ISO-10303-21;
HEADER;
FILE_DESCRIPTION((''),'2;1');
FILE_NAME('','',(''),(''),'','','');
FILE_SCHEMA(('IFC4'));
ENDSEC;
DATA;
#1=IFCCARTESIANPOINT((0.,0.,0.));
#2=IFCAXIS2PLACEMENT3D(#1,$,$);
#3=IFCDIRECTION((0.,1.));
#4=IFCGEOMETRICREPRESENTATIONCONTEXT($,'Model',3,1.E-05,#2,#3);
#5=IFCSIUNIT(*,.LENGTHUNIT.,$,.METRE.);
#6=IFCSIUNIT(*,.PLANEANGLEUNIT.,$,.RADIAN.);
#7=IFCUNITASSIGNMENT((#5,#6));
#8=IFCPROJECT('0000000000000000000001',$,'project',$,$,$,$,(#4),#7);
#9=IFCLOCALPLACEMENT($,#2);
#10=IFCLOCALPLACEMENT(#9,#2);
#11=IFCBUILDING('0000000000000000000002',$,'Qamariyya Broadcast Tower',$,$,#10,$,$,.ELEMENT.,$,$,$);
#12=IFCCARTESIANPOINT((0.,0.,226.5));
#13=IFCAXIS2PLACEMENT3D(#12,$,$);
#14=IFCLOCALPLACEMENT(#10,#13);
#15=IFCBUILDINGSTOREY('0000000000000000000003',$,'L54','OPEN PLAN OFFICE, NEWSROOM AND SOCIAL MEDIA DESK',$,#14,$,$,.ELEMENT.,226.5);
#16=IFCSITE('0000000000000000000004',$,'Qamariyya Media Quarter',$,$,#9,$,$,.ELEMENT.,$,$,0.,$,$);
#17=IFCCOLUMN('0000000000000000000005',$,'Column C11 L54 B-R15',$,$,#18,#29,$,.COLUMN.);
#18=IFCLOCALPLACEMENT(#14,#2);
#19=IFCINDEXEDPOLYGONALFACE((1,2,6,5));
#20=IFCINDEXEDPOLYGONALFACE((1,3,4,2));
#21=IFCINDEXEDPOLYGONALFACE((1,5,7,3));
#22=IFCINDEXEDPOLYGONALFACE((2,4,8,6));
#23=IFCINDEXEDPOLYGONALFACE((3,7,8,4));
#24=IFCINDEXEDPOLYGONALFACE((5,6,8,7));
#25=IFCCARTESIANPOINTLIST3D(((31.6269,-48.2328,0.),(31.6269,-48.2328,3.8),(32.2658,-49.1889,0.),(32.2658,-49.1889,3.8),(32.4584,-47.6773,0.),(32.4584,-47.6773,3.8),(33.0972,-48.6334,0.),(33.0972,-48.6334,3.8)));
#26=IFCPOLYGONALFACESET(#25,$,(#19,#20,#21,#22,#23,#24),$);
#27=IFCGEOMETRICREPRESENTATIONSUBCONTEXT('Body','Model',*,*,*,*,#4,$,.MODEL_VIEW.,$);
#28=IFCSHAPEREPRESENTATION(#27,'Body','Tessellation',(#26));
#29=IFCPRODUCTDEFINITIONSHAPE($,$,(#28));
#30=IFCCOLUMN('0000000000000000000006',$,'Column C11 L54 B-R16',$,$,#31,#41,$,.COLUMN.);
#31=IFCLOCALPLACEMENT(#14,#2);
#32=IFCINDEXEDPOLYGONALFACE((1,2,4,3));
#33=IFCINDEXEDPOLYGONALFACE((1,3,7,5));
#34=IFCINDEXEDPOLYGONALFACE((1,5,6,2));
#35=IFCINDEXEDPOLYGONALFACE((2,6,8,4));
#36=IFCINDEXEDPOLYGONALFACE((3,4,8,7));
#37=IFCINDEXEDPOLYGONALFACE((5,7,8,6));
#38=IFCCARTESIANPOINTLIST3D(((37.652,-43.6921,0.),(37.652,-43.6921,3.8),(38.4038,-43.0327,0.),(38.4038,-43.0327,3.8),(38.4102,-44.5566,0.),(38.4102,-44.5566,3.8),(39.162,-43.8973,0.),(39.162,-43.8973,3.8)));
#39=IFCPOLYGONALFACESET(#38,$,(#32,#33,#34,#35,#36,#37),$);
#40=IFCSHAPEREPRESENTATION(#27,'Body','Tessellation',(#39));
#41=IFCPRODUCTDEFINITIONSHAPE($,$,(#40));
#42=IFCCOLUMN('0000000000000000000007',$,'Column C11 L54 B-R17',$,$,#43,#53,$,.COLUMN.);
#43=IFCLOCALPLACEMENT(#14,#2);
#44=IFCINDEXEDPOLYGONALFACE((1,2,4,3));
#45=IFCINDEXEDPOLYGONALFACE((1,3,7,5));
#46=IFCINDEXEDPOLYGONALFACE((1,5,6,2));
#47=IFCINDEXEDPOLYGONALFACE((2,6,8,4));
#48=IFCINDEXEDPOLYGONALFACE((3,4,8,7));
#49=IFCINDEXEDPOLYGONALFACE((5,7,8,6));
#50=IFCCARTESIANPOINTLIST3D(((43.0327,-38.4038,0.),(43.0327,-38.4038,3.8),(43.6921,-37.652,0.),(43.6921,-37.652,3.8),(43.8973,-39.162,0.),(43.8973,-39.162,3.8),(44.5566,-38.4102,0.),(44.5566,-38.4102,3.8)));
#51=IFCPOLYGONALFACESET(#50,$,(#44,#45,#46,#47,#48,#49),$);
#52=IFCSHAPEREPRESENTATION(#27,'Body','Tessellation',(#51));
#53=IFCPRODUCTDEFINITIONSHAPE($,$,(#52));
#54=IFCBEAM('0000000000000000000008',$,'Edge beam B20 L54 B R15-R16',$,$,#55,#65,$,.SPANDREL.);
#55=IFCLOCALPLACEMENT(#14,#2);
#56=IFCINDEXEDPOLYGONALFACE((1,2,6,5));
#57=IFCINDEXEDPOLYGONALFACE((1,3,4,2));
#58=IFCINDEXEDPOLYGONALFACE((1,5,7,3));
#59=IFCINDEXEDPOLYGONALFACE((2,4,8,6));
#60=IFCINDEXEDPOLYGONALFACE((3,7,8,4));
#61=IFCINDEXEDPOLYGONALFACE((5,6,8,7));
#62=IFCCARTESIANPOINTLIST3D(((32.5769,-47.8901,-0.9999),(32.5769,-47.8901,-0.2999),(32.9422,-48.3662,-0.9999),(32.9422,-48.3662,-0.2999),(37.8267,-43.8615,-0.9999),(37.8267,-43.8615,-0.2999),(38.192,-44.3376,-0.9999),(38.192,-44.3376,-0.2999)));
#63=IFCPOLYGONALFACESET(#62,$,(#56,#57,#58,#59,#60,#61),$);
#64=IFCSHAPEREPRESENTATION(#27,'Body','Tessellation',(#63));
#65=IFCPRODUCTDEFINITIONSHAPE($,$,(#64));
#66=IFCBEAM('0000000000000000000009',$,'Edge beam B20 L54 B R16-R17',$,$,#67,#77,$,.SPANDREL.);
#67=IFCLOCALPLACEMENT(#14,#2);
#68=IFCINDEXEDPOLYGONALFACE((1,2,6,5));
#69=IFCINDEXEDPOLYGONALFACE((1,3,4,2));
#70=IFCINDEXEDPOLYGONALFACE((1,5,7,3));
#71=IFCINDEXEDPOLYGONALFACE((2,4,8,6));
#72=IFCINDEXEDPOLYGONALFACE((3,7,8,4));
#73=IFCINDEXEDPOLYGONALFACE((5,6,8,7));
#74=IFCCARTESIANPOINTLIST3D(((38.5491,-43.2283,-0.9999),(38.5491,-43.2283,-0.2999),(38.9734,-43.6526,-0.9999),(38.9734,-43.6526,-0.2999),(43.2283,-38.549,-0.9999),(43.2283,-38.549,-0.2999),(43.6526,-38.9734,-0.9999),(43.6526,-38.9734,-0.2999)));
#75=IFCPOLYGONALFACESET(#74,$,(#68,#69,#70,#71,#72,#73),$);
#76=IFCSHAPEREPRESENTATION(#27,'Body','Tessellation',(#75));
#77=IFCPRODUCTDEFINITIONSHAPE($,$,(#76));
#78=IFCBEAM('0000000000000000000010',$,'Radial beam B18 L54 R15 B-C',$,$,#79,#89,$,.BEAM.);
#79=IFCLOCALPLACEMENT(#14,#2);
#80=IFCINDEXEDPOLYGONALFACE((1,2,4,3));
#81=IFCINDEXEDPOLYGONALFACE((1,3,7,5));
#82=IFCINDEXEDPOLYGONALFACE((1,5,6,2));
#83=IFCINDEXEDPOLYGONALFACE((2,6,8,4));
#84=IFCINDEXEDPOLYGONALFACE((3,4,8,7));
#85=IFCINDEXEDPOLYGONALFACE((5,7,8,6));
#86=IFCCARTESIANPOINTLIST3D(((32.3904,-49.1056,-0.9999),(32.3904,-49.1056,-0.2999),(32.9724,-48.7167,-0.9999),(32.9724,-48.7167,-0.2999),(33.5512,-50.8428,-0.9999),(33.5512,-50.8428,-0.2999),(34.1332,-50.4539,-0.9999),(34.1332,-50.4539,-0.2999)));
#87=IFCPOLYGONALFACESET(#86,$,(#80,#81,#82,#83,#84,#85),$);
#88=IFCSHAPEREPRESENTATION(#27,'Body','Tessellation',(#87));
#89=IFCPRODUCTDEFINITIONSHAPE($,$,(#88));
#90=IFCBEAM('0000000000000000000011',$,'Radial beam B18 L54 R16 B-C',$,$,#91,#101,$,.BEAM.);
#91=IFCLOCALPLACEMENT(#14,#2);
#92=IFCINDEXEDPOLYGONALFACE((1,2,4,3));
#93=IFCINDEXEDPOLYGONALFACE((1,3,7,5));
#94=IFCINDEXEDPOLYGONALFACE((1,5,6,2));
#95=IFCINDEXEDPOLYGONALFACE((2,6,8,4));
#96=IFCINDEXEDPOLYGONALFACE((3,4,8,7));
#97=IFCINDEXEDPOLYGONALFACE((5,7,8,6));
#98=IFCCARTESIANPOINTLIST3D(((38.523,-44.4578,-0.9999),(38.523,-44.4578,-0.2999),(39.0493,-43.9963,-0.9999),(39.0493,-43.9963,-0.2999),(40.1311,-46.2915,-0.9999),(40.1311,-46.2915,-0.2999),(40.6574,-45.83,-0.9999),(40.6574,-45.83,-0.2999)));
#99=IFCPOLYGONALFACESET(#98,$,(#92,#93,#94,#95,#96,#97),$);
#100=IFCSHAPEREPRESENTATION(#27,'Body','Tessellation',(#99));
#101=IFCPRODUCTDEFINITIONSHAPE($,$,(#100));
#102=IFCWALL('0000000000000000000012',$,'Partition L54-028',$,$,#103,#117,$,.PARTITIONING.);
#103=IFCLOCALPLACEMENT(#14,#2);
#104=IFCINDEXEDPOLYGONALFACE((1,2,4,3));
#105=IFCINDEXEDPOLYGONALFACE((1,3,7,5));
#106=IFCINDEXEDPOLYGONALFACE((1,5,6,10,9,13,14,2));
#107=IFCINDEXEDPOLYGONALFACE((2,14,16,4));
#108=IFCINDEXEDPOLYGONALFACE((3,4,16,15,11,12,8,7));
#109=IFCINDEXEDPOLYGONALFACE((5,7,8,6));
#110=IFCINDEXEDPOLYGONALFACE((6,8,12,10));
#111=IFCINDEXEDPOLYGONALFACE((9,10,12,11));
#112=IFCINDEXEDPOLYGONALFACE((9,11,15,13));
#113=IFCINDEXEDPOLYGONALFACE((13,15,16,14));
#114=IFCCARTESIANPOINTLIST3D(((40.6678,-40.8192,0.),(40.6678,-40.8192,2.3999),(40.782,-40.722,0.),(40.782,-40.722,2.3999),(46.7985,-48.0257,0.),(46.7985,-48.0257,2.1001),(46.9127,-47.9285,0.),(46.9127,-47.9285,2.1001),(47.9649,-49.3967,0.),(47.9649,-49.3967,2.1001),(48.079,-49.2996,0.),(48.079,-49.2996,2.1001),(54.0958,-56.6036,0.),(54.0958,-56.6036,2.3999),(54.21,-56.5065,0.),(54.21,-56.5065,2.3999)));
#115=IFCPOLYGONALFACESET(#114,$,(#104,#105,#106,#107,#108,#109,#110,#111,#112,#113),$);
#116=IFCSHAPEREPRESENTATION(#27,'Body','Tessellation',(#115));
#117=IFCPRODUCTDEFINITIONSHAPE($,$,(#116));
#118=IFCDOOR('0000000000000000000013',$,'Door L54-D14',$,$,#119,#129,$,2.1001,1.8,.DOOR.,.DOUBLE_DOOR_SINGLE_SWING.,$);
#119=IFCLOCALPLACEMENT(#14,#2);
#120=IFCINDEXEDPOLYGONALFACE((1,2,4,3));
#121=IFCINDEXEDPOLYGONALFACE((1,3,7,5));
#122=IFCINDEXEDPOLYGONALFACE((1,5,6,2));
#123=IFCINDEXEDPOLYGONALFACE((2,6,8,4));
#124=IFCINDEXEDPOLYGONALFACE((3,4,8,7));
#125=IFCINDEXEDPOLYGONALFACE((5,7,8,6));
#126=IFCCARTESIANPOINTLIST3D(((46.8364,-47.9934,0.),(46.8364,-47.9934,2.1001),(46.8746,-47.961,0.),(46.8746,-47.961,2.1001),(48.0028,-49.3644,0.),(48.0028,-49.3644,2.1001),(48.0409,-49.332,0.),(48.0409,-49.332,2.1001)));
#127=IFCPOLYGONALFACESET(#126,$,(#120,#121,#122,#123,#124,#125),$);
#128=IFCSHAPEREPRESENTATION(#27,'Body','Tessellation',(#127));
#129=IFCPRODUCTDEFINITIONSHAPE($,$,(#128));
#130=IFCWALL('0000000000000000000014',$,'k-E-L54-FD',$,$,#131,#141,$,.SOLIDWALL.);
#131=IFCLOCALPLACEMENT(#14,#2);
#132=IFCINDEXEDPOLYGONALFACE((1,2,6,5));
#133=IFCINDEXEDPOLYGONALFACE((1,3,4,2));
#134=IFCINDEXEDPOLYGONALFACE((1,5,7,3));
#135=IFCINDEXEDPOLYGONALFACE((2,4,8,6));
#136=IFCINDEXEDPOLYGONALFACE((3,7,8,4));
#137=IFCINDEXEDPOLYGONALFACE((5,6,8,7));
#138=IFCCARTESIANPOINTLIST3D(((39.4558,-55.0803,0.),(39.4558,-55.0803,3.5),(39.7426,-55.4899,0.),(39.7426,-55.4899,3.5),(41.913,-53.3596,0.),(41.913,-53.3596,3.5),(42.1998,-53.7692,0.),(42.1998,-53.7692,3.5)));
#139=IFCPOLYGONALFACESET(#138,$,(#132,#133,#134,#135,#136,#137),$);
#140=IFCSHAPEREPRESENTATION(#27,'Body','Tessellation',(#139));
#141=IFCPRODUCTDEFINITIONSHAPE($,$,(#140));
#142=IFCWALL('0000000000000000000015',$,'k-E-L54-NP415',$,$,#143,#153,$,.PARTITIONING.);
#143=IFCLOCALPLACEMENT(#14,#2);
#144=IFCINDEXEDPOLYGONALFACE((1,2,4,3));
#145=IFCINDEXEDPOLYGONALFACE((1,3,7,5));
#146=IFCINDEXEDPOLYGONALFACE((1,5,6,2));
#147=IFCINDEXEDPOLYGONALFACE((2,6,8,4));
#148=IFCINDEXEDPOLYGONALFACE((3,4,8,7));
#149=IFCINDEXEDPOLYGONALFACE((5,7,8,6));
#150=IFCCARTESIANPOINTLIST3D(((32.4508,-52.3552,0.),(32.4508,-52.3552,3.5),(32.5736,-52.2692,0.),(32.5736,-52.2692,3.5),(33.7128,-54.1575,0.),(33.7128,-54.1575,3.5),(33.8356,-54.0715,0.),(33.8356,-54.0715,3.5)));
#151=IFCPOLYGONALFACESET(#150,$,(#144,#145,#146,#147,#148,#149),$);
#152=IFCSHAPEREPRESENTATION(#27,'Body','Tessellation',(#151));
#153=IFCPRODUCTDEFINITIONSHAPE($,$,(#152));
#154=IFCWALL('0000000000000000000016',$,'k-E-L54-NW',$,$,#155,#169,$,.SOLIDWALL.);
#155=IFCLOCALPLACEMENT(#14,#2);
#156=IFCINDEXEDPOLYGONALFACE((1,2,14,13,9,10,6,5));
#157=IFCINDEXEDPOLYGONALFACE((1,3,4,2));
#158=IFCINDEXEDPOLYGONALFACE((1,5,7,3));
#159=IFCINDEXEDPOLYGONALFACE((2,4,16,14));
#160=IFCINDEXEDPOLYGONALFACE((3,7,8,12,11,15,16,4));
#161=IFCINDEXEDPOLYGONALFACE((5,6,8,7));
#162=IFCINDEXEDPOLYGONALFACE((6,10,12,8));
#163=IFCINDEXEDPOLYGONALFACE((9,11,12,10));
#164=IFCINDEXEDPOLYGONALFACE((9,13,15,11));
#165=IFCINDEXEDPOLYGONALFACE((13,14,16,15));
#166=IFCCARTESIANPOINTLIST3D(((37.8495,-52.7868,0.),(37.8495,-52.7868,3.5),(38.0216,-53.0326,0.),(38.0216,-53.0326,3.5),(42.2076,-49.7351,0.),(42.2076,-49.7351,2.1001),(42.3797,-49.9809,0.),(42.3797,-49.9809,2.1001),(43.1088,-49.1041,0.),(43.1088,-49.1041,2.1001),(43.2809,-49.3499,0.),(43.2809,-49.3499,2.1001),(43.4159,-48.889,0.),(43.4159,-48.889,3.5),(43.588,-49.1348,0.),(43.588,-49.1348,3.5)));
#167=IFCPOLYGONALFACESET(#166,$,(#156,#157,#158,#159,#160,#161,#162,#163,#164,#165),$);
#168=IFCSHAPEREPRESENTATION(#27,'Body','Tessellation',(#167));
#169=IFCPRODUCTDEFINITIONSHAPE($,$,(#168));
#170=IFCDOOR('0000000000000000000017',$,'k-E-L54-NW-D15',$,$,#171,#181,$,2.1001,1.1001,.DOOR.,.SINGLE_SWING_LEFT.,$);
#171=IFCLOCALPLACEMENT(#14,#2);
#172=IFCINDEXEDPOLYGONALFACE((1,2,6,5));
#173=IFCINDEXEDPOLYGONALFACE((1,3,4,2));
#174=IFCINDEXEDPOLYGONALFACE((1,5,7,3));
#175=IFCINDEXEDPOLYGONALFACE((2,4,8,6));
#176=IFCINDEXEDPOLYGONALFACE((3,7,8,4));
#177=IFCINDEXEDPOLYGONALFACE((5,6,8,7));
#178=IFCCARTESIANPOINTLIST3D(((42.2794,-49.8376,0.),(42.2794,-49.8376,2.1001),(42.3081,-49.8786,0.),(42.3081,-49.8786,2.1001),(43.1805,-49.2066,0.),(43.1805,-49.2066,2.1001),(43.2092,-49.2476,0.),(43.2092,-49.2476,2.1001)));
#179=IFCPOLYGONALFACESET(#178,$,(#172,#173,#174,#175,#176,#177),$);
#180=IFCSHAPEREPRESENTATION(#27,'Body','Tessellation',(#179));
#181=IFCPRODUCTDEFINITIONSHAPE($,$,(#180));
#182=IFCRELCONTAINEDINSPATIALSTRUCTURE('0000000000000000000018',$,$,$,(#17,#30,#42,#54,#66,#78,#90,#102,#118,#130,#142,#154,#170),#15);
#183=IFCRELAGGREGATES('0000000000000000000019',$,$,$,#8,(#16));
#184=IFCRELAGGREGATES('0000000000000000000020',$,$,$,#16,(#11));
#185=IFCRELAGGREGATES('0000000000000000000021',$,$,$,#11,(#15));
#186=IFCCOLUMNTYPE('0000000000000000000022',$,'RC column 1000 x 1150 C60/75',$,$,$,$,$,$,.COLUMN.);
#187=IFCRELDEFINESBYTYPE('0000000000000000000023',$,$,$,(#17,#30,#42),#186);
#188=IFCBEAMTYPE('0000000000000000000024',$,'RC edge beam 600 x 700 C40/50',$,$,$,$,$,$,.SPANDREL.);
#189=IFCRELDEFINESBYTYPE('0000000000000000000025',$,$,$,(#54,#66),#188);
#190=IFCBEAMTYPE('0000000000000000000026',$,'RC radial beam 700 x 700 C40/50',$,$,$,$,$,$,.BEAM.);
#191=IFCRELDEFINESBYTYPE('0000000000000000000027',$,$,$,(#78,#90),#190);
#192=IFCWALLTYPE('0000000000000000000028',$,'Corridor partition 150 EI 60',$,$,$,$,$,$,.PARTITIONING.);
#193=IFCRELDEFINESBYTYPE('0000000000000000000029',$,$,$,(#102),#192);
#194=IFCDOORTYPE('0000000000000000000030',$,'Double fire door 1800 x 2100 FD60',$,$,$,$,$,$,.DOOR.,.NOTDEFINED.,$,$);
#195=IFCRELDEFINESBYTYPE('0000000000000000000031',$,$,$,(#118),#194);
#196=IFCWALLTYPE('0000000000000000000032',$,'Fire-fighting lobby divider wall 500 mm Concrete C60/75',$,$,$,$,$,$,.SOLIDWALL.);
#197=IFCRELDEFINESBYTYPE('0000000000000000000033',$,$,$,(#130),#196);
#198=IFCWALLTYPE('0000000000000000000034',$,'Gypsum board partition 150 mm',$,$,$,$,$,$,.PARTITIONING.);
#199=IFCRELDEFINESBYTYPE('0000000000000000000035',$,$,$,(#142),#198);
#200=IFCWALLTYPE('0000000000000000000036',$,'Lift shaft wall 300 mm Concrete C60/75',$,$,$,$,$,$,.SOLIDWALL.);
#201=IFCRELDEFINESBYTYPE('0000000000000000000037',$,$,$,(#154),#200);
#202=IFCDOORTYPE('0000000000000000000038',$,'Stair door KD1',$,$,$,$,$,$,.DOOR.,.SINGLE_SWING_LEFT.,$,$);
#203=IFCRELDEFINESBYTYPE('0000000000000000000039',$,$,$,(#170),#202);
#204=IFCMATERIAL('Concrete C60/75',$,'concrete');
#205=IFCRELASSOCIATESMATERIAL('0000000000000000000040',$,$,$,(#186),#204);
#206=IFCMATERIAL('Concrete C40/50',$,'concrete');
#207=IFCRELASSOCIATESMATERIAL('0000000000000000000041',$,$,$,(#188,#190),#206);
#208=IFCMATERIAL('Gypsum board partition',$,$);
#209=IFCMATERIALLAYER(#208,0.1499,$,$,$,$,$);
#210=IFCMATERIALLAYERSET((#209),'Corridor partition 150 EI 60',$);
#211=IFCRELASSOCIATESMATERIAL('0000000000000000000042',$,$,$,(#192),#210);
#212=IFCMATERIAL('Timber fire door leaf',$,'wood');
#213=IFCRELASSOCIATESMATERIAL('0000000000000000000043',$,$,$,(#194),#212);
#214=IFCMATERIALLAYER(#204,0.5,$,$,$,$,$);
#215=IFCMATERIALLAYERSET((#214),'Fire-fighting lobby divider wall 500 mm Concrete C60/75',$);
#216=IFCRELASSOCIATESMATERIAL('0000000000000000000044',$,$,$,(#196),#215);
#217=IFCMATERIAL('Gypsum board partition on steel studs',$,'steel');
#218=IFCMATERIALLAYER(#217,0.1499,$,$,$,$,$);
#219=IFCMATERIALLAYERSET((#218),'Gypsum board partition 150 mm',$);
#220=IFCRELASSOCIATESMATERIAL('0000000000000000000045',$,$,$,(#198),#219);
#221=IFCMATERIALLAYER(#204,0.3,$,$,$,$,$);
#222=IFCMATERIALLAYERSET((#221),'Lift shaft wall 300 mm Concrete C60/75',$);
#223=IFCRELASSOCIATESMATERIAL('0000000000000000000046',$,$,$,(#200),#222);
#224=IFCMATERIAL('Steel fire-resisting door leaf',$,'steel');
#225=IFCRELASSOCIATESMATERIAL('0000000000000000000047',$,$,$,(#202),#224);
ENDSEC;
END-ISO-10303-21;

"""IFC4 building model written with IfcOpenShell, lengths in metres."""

from ifc_helpers import new_model, si_unit, direction, frame, frame_2d, origin, origin_2d, place, context, subcontext, project, spatial, rectangle, extrude, material, layer, layer_set, material_profile, profile_set, type_object, element, fill, save


model = new_model("IFC4")

# Units and contexts
model_context = context("Model", 3, precision=1e-05, world=origin(), true_north=direction((0.0, 1.0)))
body_context = subcontext(model_context, "Body", "Model", "MODEL_VIEW")
ifc_project = project(units=[si_unit("LENGTHUNIT", "METRE"), si_unit("PLANEANGLEUNIT", "RADIAN")], contexts=[model_context])

# Site, building, storey
site_placement = place(None, origin())
site = spatial("IfcSite", under=ifc_project, at=site_placement, Name="Qamariyya Media Quarter", CompositionType="ELEMENT", RefElevation=0.0)
building_placement = place(site_placement, origin())
building = spatial("IfcBuilding", under=site, at=building_placement, Name="Qamariyya Broadcast Tower", CompositionType="ELEMENT")
storey_placement = place(building_placement, frame((0.0, 0.0, 226.5)))
storey = spatial("IfcBuildingStorey", under=building, at=storey_placement, Name="L54", Description="OPEN PLAN OFFICE, NEWSROOM AND SOCIAL MEDIA DESK", CompositionType="ELEMENT", Elevation=226.5)

# Columns
ifc_material_1 = material(Name="Concrete C60/75", Category="concrete")
ifc_material_profile_1 = material_profile(ifc_material_1, rectangle(XDim=1.0, YDim=1.1499, at=origin_2d()))
ifc_profile_set_1 = profile_set([ifc_material_profile_1], Name="Concrete C60/75")
column_type = type_object("IfcColumnType", Name="RC column 1000 x 1150 C60/75", PredefinedType="COLUMN", material=ifc_profile_set_1)
for number, where, z_axis, x_axis, name in (
    (1, (32.3621, -48.4331, 0.0), (0.0, 0.0, 1.0), (0.83147, 0.55557, 0.0), "Column C11 L54 B-R15"),
    (2, (38.407, -43.7947, 0.0), (0.0, 0.0, 1.0), (0.75184, 0.659346, 0.0), "Column C11 L54 B-R16"),
    (3, (43.7947, -38.407, 0.0), (0.0, 0.0, 1.0), (0.659346, 0.75184, 0.0), "Column C11 L54 B-R17"),
):
    element("IfcColumn", number, at=place(storey_placement, frame(where, z_axis=z_axis, x_axis=x_axis)), inside=storey, type_object=column_type, Name=name, PredefinedType="COLUMN", context=body_context, shape_type="SweptSolid", body=[
        extrude(rectangle(XDim=1.0, YDim=1.1499, at=origin_2d()), origin(), (0.0, 0.0, 1.0), 3.8),
    ])

# Beams
ifc_material_2 = material(Name="Concrete C40/50", Category="concrete")
ifc_material_profile_2 = material_profile(ifc_material_2, rectangle(XDim=0.6001, YDim=0.7, at=origin_2d()))
ifc_profile_set_2 = profile_set([ifc_material_profile_2], Name="Concrete C40/50")
beam_type_1 = type_object("IfcBeamType", Name="RC edge beam 600 x 700 C40/50", PredefinedType="SPANDREL", material=ifc_profile_set_2)
for number, where, z_axis, x_axis, name in (
    (4, (32.7595, -48.1282, -0.6499), (0.793333, 0.608789, 0.0), (-0.608789, 0.793333, 0.0), "Edge beam B20 L54 B R15-R16"),
    (5, (38.7612, -43.4404, -0.6499), (0.707107, 0.707107, 0.0), (-0.707107, 0.707107, 0.0), "Edge beam B20 L54 B R16-R17"),
):
    element("IfcBeam", number, at=place(storey_placement, frame(where, z_axis=z_axis, x_axis=x_axis)), inside=storey, type_object=beam_type_1, Name=name, PredefinedType="SPANDREL", context=body_context, shape_type="SweptSolid", body=[
        extrude(rectangle(XDim=0.6001, YDim=0.7, at=origin_2d()), origin(), (0.0, 0.0, 1.0), 6.6174),
    ])
ifc_material_profile_3 = material_profile(ifc_material_2, rectangle(XDim=0.7, YDim=0.7, at=origin_2d()))
ifc_profile_set_3 = profile_set([ifc_material_profile_3], Name="Concrete C40/50")
beam_type_2 = type_object("IfcBeamType", Name="RC radial beam 700 x 700 C40/50", PredefinedType="BEAM", material=ifc_profile_set_3)
beam_1_placement = place(storey_placement, frame((32.6814, -48.9111, -0.6499), z_axis=(0.55559, -0.831457, 0.0), x_axis=(0.831457, 0.55559, 0.0)))
element("IfcBeam", 6, at=beam_1_placement, inside=storey, type_object=beam_type_2, Name="Radial beam B18 L54 R15 B-C", PredefinedType="BEAM", context=body_context, shape_type="SweptSolid", body=[
    extrude(rectangle(XDim=0.7, YDim=0.7, at=origin_2d()), origin(), (0.0, 0.0, 1.0), 2.0894),
])
beam_2_placement = place(storey_placement, frame((38.7861, -44.2271, -0.6499), z_axis=(0.659348, -0.751838, 0.0), x_axis=(0.751838, 0.659348, 0.0)))
element("IfcBeam", 7, at=beam_2_placement, inside=storey, type_object=beam_type_2, Name="Radial beam B18 L54 R16 B-C", PredefinedType="BEAM", context=body_context, shape_type="SweptSolid", body=[
    extrude(rectangle(XDim=0.7, YDim=0.7, at=origin_2d()), origin(), (0.0, 0.0, 1.0), 2.439),
])

# Wall, opening, door
ifc_material_3 = material(Name="Gypsum board partition")
ifc_layer_1 = layer(ifc_material_3, 0.1499)
ifc_layer_set_1 = layer_set([ifc_layer_1], Name="Corridor partition 150 EI 60")
wall_type_1 = type_object("IfcWallType", Name="Corridor partition 150 EI 60", PredefinedType="PARTITIONING", material=ifc_layer_set_1)
wall_1_placement = place(storey_placement, frame((40.7249, -40.7705, 0.0), z_axis=(0.0, 0.0, 1.0), x_axis=(0.647963, -0.761672, 0.0)))
wall_1 = element("IfcWall", 8, at=wall_1_placement, inside=storey, type_object=wall_type_1, Name="Partition L54-028", PredefinedType="PARTITIONING", context=body_context, shape_type="SweptSolid", body=[
    extrude(rectangle(XDim=20.7234, YDim=0.1499, at=frame_2d((10.3618, 0.0))), origin(), (0.0, 0.0, 1.0), 2.3999),
])
opening_1_placement = place(wall_1_placement, frame((9.4617, 0.0, 0.0)))
opening_1 = element("IfcOpeningElement", 9, at=opening_1_placement, cuts=wall_1, PredefinedType="OPENING", context=body_context, shape_type="SweptSolid", body=[
    extrude(rectangle(XDim=1.8, YDim=2.1001, at=frame_2d((0.8999, 1.05))), frame((0.0, 0.085, 0.0), z_axis=(0.0, -1.0, 0.0), x_axis=(1.0, 0.0, 0.0)), (0.0, 0.0, 1.0), 0.1699),
])
ifc_material_4 = material(Name="Timber fire door leaf", Category="wood")
door_type_1 = type_object("IfcDoorType", Name="Double fire door 1800 x 2100 FD60", OperationType="NOTDEFINED", PredefinedType="DOOR", material=ifc_material_4)
door_1_placement = place(opening_1_placement, origin())
door_1 = element("IfcDoor", 10, at=door_1_placement, inside=storey, type_object=door_type_1, Name="Door L54-D14", OperationType="DOUBLE_DOOR_SINGLE_SWING", OverallHeight=2.1001, OverallWidth=1.8, PredefinedType="DOOR", context=body_context, shape_type="SweptSolid", body=[
    extrude(rectangle(XDim=1.8, YDim=2.1001, at=frame_2d((0.8999, 1.05))), frame((0.0, 0.0249, 0.0), z_axis=(0.0, -1.0, 0.0), x_axis=(1.0, 0.0, 0.0)), (0.0, 0.0, 1.0), 0.05),
])
fill(opening_1, door_1)

# Walls
ifc_layer_2 = layer(ifc_material_1, 0.5)
ifc_layer_set_2 = layer_set([ifc_layer_2], Name="Fire-fighting lobby divider wall 500 mm Concrete C60/75")
wall_type_2 = type_object("IfcWallType", Name="Fire-fighting lobby divider wall 500 mm Concrete C60/75", PredefinedType="SOLIDWALL", material=ifc_layer_set_2)
wall_2_placement = place(storey_placement, frame((39.5991, -55.2852, 0.0), z_axis=(0.0, 0.0, 1.0), x_axis=(0.819136, 0.573599, 0.0)))
element("IfcWall", 11, at=wall_2_placement, inside=storey, type_object=wall_type_2, Name="k-E-L54-FD", PredefinedType="SOLIDWALL", context=body_context, shape_type="SweptSolid", body=[
    extrude(rectangle(XDim=2.9998, YDim=0.5, at=frame_2d((1.5, 0.0))), origin(), (0.0, 0.0, 1.0), 3.5),
])
ifc_material_5 = material(Name="Gypsum board partition on steel studs", Category="steel")
ifc_layer_3 = layer(ifc_material_5, 0.1499)
ifc_layer_set_3 = layer_set([ifc_layer_3], Name="Gypsum board partition 150 mm")
wall_type_3 = type_object("IfcWallType", Name="Gypsum board partition 150 mm", PredefinedType="PARTITIONING", material=ifc_layer_set_3)
wall_3_placement = place(storey_placement, frame((33.7742, -54.1145, 0.0), z_axis=(0.0, 0.0, 1.0), x_axis=(-0.573581, 0.819149, 0.0)))
element("IfcWall", 12, at=wall_3_placement, inside=storey, type_object=wall_type_3, Name="k-E-L54-NP415", PredefinedType="PARTITIONING", context=body_context, shape_type="SweptSolid", body=[
    extrude(rectangle(XDim=2.2002, YDim=0.1499, at=frame_2d((1.1001, 0.0))), origin(), (0.0, 0.0, 1.0), 3.5),
])

# Wall, opening, door
ifc_layer_4 = layer(ifc_material_1, 0.3)
ifc_layer_set_4 = layer_set([ifc_layer_4], Name="Lift shaft wall 300 mm Concrete C60/75")
wall_type_4 = type_object("IfcWallType", Name="Lift shaft wall 300 mm Concrete C60/75", PredefinedType="SOLIDWALL", material=ifc_layer_set_4)
wall_4_placement = place(storey_placement, frame((37.9355, -52.9097, 0.0), z_axis=(0.0, 0.0, 1.0), x_axis=(0.819148, 0.573583, 0.0)))
wall_4 = element("IfcWall", 13, at=wall_4_placement, inside=storey, type_object=wall_type_4, Name="k-E-L54-NW", PredefinedType="SOLIDWALL", context=body_context, shape_type="SweptSolid", body=[
    extrude(rectangle(XDim=6.7954, YDim=0.3, at=frame_2d((3.3977, 0.0))), origin(), (0.0, 0.0, 1.0), 3.5),
])
opening_2_placement = place(wall_4_placement, frame((5.3203, 0.0, 0.0)))
opening_2 = element("IfcOpeningElement", 14, at=opening_2_placement, cuts=wall_4, PredefinedType="OPENING", context=body_context, shape_type="SweptSolid", body=[
    extrude(rectangle(XDim=1.1001, YDim=2.1001, at=frame_2d((0.55, 1.05))), frame((0.0, 0.1599, 0.0), z_axis=(0.0, -1.0, 0.0), x_axis=(1.0, 0.0, 0.0)), (0.0, 0.0, 1.0), 0.3201),
])
ifc_material_6 = material(Name="Steel fire-resisting door leaf", Category="steel")
door_type_2 = type_object("IfcDoorType", Name="Stair door KD1", OperationType="SINGLE_SWING_LEFT", PredefinedType="DOOR", material=ifc_material_6)
door_2_placement = place(opening_2_placement, origin())
door_2 = element("IfcDoor", 15, at=door_2_placement, inside=storey, type_object=door_type_2, Name="k-E-L54-NW-D15", OperationType="SINGLE_SWING_LEFT", OverallHeight=2.1001, OverallWidth=1.1001, PredefinedType="DOOR", context=body_context, shape_type="SweptSolid", body=[
    extrude(rectangle(XDim=1.1001, YDim=2.1001, at=frame_2d((0.55, 1.05))), frame((0.0, 0.0249, 0.0), z_axis=(0.0, -1.0, 0.0), x_axis=(1.0, 0.0, 0.0)), (0.0, 0.0, 1.0), 0.05),
])
fill(opening_2, door_2)

save(model, "model.ifc")
